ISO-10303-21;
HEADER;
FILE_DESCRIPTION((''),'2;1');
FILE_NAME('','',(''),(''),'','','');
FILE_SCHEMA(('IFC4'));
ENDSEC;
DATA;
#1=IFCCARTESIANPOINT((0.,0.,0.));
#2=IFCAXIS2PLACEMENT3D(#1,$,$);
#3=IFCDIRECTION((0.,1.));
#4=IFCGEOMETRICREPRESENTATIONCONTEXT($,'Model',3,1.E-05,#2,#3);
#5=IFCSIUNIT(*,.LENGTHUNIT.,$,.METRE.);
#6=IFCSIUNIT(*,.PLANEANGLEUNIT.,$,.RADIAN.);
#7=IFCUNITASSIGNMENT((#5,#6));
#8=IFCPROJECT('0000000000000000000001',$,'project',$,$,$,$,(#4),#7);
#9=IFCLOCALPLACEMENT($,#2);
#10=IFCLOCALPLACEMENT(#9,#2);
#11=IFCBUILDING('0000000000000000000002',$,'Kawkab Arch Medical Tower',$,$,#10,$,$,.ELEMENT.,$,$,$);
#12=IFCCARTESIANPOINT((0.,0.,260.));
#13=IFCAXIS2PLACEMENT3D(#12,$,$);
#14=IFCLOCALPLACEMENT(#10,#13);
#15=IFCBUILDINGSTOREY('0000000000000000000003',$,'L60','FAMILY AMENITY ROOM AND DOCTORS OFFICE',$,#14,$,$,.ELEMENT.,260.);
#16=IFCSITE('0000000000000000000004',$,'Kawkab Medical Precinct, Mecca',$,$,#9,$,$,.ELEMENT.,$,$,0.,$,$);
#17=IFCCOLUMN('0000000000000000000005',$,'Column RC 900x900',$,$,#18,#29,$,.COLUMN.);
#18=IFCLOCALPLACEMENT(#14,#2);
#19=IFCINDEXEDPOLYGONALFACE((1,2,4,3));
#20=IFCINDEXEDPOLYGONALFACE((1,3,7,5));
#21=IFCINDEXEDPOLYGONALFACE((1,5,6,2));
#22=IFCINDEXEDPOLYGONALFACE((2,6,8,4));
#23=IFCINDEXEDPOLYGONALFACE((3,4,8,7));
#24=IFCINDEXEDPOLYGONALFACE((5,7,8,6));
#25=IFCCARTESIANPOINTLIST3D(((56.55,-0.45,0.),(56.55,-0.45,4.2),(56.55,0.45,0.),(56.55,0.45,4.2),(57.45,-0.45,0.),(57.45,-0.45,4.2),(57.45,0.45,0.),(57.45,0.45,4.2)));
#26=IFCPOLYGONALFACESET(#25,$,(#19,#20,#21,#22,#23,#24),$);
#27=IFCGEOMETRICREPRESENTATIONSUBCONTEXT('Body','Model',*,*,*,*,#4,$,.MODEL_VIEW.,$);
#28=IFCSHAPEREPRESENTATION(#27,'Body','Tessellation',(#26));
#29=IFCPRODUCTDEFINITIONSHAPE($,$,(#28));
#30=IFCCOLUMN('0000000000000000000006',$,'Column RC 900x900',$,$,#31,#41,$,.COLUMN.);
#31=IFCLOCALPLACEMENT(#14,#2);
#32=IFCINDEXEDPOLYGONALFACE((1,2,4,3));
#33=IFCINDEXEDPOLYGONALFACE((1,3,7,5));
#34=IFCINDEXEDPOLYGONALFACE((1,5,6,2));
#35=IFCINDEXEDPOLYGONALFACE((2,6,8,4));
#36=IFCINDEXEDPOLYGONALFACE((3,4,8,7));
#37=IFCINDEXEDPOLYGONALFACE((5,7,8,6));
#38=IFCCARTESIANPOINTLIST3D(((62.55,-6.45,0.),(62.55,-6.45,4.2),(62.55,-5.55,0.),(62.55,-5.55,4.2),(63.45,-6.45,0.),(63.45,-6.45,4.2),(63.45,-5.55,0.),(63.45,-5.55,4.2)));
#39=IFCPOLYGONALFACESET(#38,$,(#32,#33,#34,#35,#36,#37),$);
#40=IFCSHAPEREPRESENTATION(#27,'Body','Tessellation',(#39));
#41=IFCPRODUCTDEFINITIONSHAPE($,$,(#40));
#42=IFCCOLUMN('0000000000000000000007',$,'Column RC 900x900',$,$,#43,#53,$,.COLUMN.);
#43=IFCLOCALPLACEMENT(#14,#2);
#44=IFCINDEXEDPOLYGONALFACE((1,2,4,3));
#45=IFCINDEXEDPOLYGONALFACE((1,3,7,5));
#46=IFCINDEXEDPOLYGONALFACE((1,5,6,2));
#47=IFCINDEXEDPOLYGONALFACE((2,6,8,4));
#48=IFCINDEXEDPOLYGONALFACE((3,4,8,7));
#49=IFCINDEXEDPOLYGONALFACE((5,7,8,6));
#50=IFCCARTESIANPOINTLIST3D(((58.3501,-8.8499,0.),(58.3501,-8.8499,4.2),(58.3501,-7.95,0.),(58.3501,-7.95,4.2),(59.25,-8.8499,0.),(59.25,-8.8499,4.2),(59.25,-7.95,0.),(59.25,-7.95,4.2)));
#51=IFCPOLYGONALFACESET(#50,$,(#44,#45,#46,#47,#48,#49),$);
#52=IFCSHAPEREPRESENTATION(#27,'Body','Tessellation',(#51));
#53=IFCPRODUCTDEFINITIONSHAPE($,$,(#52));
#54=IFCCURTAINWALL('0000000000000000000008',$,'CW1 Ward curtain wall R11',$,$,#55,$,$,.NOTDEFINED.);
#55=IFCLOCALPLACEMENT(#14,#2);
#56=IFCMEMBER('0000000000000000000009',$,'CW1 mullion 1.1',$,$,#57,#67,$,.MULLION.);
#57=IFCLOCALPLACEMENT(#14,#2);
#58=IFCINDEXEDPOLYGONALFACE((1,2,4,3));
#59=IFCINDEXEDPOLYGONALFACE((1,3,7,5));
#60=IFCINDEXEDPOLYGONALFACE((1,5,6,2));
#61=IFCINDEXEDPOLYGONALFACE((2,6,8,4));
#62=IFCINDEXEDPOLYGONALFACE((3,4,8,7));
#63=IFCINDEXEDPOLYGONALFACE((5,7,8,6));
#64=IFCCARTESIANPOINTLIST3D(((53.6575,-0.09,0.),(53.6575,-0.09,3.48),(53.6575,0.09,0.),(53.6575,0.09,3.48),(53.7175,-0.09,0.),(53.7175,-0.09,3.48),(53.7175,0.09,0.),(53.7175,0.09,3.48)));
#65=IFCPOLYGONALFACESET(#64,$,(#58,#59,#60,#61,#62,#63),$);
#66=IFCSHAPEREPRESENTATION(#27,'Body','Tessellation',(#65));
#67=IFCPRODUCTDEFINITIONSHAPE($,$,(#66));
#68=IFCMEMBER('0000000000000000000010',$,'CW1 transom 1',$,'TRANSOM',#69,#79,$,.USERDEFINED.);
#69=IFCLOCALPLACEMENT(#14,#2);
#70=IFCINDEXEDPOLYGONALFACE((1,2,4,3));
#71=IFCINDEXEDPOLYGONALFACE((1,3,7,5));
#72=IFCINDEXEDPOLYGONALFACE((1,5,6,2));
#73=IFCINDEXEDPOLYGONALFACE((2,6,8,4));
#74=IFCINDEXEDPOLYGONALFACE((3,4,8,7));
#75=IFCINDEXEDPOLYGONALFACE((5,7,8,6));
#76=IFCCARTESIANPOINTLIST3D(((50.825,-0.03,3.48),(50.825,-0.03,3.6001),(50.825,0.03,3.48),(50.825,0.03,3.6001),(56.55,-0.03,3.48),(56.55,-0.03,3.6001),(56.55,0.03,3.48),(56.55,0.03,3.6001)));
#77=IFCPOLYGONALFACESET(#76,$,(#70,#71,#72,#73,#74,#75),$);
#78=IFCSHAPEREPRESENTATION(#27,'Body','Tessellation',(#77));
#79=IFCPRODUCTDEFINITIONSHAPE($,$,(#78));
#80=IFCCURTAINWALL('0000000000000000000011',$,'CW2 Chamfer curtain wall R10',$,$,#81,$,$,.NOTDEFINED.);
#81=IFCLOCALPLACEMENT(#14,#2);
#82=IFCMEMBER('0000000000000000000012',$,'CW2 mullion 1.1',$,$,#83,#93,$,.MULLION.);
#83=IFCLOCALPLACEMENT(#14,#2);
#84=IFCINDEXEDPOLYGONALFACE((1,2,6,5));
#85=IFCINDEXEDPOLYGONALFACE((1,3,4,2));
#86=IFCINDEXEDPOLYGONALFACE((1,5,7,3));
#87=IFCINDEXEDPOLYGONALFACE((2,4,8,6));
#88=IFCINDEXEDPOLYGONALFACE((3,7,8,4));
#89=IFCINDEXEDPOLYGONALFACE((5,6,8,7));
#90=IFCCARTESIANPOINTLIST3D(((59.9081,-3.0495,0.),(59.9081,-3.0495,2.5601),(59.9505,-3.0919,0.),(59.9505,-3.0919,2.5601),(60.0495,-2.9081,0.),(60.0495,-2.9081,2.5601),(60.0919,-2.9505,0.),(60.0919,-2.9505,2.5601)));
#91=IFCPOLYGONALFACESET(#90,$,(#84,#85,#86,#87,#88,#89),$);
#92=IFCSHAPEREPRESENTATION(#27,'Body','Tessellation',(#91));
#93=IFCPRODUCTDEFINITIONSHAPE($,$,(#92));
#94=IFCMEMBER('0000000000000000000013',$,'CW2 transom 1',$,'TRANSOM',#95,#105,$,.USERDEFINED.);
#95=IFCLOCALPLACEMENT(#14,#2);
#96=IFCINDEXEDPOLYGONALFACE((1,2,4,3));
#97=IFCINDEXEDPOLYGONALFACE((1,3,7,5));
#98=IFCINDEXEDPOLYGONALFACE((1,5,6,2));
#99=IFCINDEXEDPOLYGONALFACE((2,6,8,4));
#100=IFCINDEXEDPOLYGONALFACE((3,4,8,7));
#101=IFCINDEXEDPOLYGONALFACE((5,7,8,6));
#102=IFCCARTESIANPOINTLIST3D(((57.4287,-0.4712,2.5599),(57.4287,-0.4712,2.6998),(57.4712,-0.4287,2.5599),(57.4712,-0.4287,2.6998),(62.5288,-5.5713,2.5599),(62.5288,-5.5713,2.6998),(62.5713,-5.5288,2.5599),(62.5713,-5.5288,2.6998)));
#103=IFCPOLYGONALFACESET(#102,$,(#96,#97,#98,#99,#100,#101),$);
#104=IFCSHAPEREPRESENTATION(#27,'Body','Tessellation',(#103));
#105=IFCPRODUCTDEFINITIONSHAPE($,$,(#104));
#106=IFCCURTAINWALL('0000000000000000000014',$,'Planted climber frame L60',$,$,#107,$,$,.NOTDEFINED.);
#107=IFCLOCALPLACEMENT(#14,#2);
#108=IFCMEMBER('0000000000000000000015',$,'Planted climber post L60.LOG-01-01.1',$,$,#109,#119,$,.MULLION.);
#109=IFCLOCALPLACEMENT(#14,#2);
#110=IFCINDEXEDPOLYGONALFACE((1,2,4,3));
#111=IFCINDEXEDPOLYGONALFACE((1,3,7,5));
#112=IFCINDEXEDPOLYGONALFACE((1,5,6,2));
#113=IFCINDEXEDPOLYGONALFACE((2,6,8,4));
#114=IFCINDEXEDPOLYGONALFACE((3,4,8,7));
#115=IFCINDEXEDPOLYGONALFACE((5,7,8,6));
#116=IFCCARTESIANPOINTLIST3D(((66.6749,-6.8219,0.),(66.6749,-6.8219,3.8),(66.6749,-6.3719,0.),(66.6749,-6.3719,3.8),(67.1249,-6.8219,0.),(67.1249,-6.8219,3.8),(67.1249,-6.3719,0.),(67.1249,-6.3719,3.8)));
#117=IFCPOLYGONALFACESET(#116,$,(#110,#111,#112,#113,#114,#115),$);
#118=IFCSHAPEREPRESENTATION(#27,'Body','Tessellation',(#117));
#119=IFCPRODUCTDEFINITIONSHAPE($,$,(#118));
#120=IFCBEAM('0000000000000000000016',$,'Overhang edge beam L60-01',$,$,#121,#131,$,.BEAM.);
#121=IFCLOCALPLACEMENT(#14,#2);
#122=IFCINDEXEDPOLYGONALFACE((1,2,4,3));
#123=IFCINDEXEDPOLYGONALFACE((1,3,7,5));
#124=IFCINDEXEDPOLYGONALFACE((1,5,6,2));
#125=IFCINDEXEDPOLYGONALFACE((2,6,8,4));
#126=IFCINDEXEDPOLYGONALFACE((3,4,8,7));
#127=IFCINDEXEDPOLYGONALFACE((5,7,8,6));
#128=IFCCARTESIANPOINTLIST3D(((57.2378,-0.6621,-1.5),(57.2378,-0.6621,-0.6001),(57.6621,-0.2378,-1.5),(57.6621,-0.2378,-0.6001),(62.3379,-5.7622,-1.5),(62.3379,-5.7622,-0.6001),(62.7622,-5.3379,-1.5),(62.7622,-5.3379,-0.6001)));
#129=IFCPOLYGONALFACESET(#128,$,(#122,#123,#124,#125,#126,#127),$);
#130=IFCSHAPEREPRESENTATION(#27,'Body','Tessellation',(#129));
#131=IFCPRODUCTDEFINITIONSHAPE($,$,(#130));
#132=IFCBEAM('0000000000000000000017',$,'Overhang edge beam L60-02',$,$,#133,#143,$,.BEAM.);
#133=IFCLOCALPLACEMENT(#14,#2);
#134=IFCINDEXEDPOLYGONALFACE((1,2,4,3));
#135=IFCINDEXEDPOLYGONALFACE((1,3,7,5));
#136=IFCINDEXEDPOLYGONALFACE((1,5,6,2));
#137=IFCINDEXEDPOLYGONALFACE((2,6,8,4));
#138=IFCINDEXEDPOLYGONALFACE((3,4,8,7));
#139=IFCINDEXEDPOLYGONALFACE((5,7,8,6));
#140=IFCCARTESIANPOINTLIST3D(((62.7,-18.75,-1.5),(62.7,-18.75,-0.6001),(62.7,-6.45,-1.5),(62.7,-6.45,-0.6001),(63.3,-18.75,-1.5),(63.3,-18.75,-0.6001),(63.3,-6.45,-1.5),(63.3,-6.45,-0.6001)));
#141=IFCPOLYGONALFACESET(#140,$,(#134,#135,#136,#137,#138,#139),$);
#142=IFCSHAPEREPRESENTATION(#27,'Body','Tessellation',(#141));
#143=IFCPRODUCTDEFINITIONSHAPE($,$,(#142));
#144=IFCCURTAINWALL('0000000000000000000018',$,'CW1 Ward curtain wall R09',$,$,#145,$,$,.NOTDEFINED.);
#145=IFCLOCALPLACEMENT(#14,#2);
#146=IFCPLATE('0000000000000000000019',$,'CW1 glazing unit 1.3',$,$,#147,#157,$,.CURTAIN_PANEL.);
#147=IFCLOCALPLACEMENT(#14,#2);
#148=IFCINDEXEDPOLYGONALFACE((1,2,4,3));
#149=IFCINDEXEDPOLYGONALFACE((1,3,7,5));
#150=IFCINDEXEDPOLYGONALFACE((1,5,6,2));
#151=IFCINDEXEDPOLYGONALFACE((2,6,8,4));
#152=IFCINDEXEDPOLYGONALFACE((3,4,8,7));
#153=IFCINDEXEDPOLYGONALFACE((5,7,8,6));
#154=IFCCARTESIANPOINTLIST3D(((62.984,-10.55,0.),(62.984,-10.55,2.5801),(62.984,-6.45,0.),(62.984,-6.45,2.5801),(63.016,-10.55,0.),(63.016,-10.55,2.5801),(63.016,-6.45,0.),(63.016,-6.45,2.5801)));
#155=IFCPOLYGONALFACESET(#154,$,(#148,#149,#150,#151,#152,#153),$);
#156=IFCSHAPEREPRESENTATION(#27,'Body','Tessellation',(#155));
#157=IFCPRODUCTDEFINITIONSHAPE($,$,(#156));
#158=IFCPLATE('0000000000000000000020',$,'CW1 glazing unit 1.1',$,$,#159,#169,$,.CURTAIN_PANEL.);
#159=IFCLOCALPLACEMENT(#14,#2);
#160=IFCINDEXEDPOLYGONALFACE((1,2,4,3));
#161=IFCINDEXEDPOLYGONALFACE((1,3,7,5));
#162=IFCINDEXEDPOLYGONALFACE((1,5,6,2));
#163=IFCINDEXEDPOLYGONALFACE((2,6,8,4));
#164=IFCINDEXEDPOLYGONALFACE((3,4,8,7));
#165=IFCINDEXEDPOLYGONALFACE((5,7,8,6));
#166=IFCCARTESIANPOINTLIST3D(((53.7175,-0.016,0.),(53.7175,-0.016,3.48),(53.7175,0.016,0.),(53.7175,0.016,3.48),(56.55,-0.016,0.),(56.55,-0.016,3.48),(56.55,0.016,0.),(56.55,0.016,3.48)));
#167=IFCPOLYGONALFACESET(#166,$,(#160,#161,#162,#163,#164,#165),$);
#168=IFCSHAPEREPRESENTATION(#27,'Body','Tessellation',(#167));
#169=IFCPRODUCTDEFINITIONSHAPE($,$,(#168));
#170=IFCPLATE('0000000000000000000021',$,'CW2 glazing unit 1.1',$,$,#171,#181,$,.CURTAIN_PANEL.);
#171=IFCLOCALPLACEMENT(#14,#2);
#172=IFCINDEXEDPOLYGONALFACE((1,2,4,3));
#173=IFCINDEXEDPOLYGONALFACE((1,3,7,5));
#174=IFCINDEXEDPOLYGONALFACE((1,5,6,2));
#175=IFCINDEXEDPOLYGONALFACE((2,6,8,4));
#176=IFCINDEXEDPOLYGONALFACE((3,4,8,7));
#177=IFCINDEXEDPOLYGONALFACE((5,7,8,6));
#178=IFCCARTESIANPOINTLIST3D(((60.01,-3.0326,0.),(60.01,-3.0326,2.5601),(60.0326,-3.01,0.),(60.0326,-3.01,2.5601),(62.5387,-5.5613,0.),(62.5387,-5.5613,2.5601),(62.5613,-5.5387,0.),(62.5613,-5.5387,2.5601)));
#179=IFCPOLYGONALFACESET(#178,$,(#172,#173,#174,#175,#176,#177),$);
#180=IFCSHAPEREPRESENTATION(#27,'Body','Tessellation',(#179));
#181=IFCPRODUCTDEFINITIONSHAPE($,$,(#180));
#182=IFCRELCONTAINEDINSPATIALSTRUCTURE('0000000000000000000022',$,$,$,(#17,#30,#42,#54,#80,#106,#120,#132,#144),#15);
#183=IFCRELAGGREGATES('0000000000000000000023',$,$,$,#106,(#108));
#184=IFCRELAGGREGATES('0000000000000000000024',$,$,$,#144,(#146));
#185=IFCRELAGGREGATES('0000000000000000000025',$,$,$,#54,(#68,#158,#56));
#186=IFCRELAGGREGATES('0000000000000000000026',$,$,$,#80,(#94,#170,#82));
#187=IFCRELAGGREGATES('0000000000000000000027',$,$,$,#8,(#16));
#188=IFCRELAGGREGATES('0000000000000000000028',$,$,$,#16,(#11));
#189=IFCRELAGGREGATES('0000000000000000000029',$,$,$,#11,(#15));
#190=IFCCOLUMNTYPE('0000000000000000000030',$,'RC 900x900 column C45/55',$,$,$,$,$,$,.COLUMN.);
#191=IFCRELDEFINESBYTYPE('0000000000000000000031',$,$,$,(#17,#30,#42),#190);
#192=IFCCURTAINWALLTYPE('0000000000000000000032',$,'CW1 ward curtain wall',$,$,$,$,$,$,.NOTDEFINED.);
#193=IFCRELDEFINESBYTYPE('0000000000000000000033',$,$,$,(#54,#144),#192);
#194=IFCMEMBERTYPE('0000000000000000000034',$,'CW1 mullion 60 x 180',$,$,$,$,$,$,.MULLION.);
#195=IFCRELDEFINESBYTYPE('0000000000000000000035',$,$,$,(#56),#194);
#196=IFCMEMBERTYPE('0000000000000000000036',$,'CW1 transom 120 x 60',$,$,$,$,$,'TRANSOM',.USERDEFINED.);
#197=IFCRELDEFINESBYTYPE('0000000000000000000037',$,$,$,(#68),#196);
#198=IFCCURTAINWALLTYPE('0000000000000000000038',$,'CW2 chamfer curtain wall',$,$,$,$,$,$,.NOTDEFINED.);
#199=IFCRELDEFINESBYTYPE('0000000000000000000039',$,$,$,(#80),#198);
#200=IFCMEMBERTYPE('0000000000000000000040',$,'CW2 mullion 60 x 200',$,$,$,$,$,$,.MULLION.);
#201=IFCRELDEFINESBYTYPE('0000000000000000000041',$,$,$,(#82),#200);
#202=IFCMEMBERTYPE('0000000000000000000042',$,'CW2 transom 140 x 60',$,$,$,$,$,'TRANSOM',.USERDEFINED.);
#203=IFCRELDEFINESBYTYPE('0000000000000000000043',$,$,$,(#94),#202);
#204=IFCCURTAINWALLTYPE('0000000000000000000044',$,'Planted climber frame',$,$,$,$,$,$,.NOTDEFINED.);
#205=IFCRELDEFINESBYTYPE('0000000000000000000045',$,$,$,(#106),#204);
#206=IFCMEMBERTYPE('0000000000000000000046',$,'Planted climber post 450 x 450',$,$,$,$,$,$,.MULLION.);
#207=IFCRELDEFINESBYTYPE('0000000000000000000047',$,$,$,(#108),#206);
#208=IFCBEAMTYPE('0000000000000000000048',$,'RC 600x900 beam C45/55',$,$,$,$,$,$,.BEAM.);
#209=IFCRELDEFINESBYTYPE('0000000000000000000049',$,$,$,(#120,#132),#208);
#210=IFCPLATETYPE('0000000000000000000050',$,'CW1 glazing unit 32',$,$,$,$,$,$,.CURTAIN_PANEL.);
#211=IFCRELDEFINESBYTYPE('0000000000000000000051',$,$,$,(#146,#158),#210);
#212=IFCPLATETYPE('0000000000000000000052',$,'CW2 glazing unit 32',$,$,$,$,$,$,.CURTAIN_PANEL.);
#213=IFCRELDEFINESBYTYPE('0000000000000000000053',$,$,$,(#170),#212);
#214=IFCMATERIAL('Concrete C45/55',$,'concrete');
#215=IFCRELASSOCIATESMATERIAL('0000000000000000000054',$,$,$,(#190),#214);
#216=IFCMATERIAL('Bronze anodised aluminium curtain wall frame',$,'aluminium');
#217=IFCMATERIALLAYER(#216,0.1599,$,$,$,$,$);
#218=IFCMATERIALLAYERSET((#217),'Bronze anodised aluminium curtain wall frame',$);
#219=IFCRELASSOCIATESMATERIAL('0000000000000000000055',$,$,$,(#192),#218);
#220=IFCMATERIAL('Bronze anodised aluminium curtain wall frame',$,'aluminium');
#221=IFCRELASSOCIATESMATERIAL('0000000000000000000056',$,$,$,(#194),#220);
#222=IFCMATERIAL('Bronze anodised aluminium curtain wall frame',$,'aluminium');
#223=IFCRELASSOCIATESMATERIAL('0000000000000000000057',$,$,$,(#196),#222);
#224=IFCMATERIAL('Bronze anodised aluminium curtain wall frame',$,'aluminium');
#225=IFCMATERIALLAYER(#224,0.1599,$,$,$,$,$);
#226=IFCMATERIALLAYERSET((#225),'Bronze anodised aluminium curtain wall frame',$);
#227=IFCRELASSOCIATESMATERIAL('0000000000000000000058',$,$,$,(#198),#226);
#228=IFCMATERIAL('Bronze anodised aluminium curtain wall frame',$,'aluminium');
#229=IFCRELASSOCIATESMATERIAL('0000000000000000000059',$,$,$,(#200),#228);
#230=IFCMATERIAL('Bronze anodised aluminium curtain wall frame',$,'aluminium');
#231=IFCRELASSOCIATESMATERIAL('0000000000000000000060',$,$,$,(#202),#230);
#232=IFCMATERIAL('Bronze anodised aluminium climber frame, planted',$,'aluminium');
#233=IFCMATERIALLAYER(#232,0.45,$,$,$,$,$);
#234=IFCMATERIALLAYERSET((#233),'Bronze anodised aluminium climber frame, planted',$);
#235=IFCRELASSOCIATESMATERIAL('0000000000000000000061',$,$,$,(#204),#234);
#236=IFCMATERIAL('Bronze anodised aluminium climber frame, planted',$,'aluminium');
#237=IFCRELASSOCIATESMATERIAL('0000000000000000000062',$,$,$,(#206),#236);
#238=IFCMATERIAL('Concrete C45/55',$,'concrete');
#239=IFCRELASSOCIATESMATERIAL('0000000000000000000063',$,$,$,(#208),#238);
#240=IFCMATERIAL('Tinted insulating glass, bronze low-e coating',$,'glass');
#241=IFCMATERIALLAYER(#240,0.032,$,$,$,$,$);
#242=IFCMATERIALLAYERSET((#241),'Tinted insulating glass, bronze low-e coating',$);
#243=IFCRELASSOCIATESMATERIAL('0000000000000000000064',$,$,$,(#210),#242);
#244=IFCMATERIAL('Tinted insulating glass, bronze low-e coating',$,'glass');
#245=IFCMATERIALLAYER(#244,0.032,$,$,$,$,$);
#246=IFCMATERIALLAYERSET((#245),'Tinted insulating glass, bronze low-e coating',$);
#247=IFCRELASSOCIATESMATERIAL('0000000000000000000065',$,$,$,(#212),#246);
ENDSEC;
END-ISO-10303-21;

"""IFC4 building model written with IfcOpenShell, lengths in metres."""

from ifc_helpers import new_model, si_unit, direction, frame, origin, origin_2d, place, context, subcontext, project, spatial, rectangle, extrude, material, layer, layer_set, material_profile, profile_set, type_object, element, aggregate, save


model = new_model("IFC4")

# Units and contexts
model_context = context("Model", 3, precision=1e-05, world=origin(), true_north=direction((0.0, 1.0)))
body_context = subcontext(model_context, "Body", "Model", "MODEL_VIEW")
ifc_project = project(units=[si_unit("LENGTHUNIT", "METRE"), si_unit("PLANEANGLEUNIT", "RADIAN")], contexts=[model_context])

# Site, building, storey
site_placement = place(None, origin())
site = spatial("IfcSite", under=ifc_project, at=site_placement, Name="Kawkab Medical Precinct, Mecca", CompositionType="ELEMENT", RefElevation=0.0)
building_placement = place(site_placement, origin())
building = spatial("IfcBuilding", under=site, at=building_placement, Name="Kawkab Arch Medical Tower", CompositionType="ELEMENT")
storey_placement = place(building_placement, frame((0.0, 0.0, 260.0)))
storey = spatial("IfcBuildingStorey", under=building, at=storey_placement, Name="L60", Description="FAMILY AMENITY ROOM AND DOCTORS OFFICE", CompositionType="ELEMENT", Elevation=260.0)

# Columns
ifc_material_1 = material(Name="Concrete C45/55", Category="concrete")
ifc_material_profile_1 = material_profile(ifc_material_1, rectangle(XDim=0.8999, YDim=0.8999, at=origin_2d()), Name="RC 900x900")
ifc_profile_set_1 = profile_set([ifc_material_profile_1], Name="Concrete C45/55")
column_type = type_object("IfcColumnType", Name="RC 900x900 column C45/55", PredefinedType="COLUMN", material=ifc_profile_set_1)
for number, where, z_axis, x_axis, name in (
    (1, (57.0, 0.0, 0.0), (0.0, 0.0, 1.0), (1.0, 0.0, 0.0), "Column RC 900x900"),
    (2, (63.0, -6.0, 0.0), (0.0, 0.0, 1.0), (1.0, 0.0, 0.0), "Column RC 900x900"),
    (3, (58.8, -8.3999, 0.0), (0.0, 0.0, 1.0), (1.0, 0.0, 0.0), "Column RC 900x900"),
):
    element("IfcColumn", number, at=place(storey_placement, frame(where, z_axis=z_axis, x_axis=x_axis)), inside=storey, type_object=column_type, Name=name, PredefinedType="COLUMN", context=body_context, shape_type="SweptSolid", body=[
        extrude(rectangle(XDim=0.8999, YDim=0.8999, at=origin_2d()), origin(), (0.0, 0.0, 1.0), 4.2),
    ])

# Curtain walls, members
ifc_material_2 = material(Name="Bronze anodised aluminium curtain wall frame", Category="aluminium")
ifc_layer_1 = layer(ifc_material_2, 0.1599)
ifc_layer_set_1 = layer_set([ifc_layer_1], Name="Bronze anodised aluminium curtain wall frame")
curtain_wall_type_1 = type_object("IfcCurtainWallType", Name="CW1 ward curtain wall", PredefinedType="NOTDEFINED", material=ifc_layer_set_1)
placement = place(storey_placement, origin())
curtain_wall_1 = element("IfcCurtainWall", 4, at=placement, inside=storey, type_object=curtain_wall_type_1, Name="CW1 Ward curtain wall R11", PredefinedType="NOTDEFINED")
ifc_material_3 = material(Name="Bronze anodised aluminium curtain wall frame", Category="aluminium")
ifc_material_profile_2 = material_profile(ifc_material_3, rectangle(XDim=0.1799, YDim=0.0601, at=origin_2d()), Name="AL 60x180")
ifc_profile_set_2 = profile_set([ifc_material_profile_2], Name="Bronze anodised aluminium curtain wall frame")
member_type_1 = type_object("IfcMemberType", Name="CW1 mullion 60 x 180", PredefinedType="MULLION", material=ifc_profile_set_2)
member_1_placement = place(storey_placement, frame((53.6875, 0.0, 0.0), z_axis=(0.0, 0.0, 1.0), x_axis=(0.0, -1.0, 0.0)))
member_1 = element("IfcMember", 5, at=member_1_placement, type_object=member_type_1, Name="CW1 mullion 1.1", PredefinedType="MULLION", context=body_context, shape_type="SweptSolid", body=[
    extrude(rectangle(XDim=0.1799, YDim=0.0601, at=origin_2d()), origin(), (0.0, 0.0, 1.0), 3.48),
])
ifc_material_4 = material(Name="Bronze anodised aluminium curtain wall frame", Category="aluminium")
ifc_material_profile_3 = material_profile(ifc_material_4, rectangle(XDim=0.0601, YDim=0.1201, at=origin_2d()), Name="AL 60x120")
ifc_profile_set_3 = profile_set([ifc_material_profile_3], Name="Bronze anodised aluminium curtain wall frame")
member_type_2 = type_object("IfcMemberType", Name="CW1 transom 120 x 60", ElementType="TRANSOM", PredefinedType="USERDEFINED", material=ifc_profile_set_3)
member_2_placement = place(storey_placement, frame((56.55, 0.0, 3.54), z_axis=(-1.0, 0.0, 0.0), x_axis=(0.0, -1.0, 0.0)))
member_2 = element("IfcMember", 6, at=member_2_placement, type_object=member_type_2, Name="CW1 transom 1", ObjectType="TRANSOM", PredefinedType="USERDEFINED", context=body_context, shape_type="SweptSolid", body=[
    extrude(rectangle(XDim=0.0601, YDim=0.1201, at=origin_2d()), origin(), (0.0, 0.0, 1.0), 5.7251),
])
ifc_material_5 = material(Name="Bronze anodised aluminium curtain wall frame", Category="aluminium")
ifc_layer_2 = layer(ifc_material_5, 0.1599)
ifc_layer_set_2 = layer_set([ifc_layer_2], Name="Bronze anodised aluminium curtain wall frame")
curtain_wall_type_2 = type_object("IfcCurtainWallType", Name="CW2 chamfer curtain wall", PredefinedType="NOTDEFINED", material=ifc_layer_set_2)
curtain_wall_2 = element("IfcCurtainWall", 7, at=placement, inside=storey, type_object=curtain_wall_type_2, Name="CW2 Chamfer curtain wall R10", PredefinedType="NOTDEFINED")
ifc_material_6 = material(Name="Bronze anodised aluminium curtain wall frame", Category="aluminium")
ifc_material_profile_4 = material_profile(ifc_material_6, rectangle(XDim=0.2, YDim=0.0601, at=origin_2d()), Name="AL 60x200")
ifc_profile_set_4 = profile_set([ifc_material_profile_4], Name="Bronze anodised aluminium curtain wall frame")
member_type_3 = type_object("IfcMemberType", Name="CW2 mullion 60 x 200", PredefinedType="MULLION", material=ifc_profile_set_4)
member_3_placement = place(storey_placement, frame((60.0, -3.0, 0.0), z_axis=(0.0, 0.0, 1.0), x_axis=(-0.707107, -0.707107, 0.0)))
member_3 = element("IfcMember", 8, at=member_3_placement, type_object=member_type_3, Name="CW2 mullion 1.1", PredefinedType="MULLION", context=body_context, shape_type="SweptSolid", body=[
    extrude(rectangle(XDim=0.2, YDim=0.0601, at=origin_2d()), origin(), (0.0, 0.0, 1.0), 2.5601),
])
ifc_material_7 = material(Name="Bronze anodised aluminium curtain wall frame", Category="aluminium")
ifc_material_profile_5 = material_profile(ifc_material_7, rectangle(XDim=0.0601, YDim=0.1399, at=origin_2d()), Name="AL 60x140")
ifc_profile_set_5 = profile_set([ifc_material_profile_5], Name="Bronze anodised aluminium curtain wall frame")
member_type_4 = type_object("IfcMemberType", Name="CW2 transom 140 x 60", ElementType="TRANSOM", PredefinedType="USERDEFINED", material=ifc_profile_set_5)
member_4_placement = place(storey_placement, frame((62.55, -5.55, 2.6299), z_axis=(-0.707107, 0.707107, 0.0), x_axis=(-0.707107, -0.707107, 0.0)))
member_4 = element("IfcMember", 9, at=member_4_placement, type_object=member_type_4, Name="CW2 transom 1", ObjectType="TRANSOM", PredefinedType="USERDEFINED", context=body_context, shape_type="SweptSolid", body=[
    extrude(rectangle(XDim=0.0601, YDim=0.1399, at=origin_2d()), origin(), (0.0, 0.0, 1.0), 7.2126),
])

# Curtain wall, member
ifc_material_8 = material(Name="Bronze anodised aluminium climber frame, planted", Category="aluminium")
ifc_layer_3 = layer(ifc_material_8, 0.45)
ifc_layer_set_3 = layer_set([ifc_layer_3], Name="Bronze anodised aluminium climber frame, planted")
curtain_wall_type_3 = type_object("IfcCurtainWallType", Name="Planted climber frame", PredefinedType="NOTDEFINED", material=ifc_layer_set_3)
curtain_wall_3 = element("IfcCurtainWall", 10, at=placement, inside=storey, type_object=curtain_wall_type_3, Name="Planted climber frame L60", PredefinedType="NOTDEFINED")
ifc_material_9 = material(Name="Bronze anodised aluminium climber frame, planted", Category="aluminium")
ifc_material_profile_6 = material_profile(ifc_material_9, rectangle(XDim=0.45, YDim=0.45, at=origin_2d()), Name="Post 450x450")
ifc_profile_set_6 = profile_set([ifc_material_profile_6], Name="Bronze anodised aluminium climber frame, planted")
member_type_5 = type_object("IfcMemberType", Name="Planted climber post 450 x 450", PredefinedType="MULLION", material=ifc_profile_set_6)
member_5_placement = place(storey_placement, frame((66.8999, -6.5969, 0.0), z_axis=(0.0, 0.0, 1.0), x_axis=(1.0, 0.0, 0.0)))
member_5 = element("IfcMember", 11, at=member_5_placement, type_object=member_type_5, Name="Planted climber post L60.LOG-01-01.1", PredefinedType="MULLION", context=body_context, shape_type="SweptSolid", body=[
    extrude(rectangle(XDim=0.45, YDim=0.45, at=origin_2d()), origin(), (0.0, 0.0, 1.0), 3.8),
])
aggregate(curtain_wall_3, [member_5])

# Beams
ifc_material_10 = material(Name="Concrete C45/55", Category="concrete")
ifc_material_profile_7 = material_profile(ifc_material_10, rectangle(XDim=0.6001, YDim=0.8999, at=origin_2d()), Name="RC 600x900")
ifc_profile_set_7 = profile_set([ifc_material_profile_7], Name="Concrete C45/55")
beam_type = type_object("IfcBeamType", Name="RC 600x900 beam C45/55", PredefinedType="BEAM", material=ifc_profile_set_7)
beam_1_placement = place(storey_placement, frame((57.45, -0.45, -1.05), z_axis=(0.707107, -0.707107, 0.0), x_axis=(0.707107, 0.707107, 0.0)))
element("IfcBeam", 12, at=beam_1_placement, inside=storey, type_object=beam_type, Name="Overhang edge beam L60-01", PredefinedType="BEAM", context=body_context, shape_type="SweptSolid", body=[
    extrude(rectangle(XDim=0.6001, YDim=0.8999, at=origin_2d()), origin(), (0.0, 0.0, 1.0), 7.2126),
])
beam_2_placement = place(storey_placement, frame((63.0, -6.45, -1.05), z_axis=(0.0, -1.0, 0.0), x_axis=(1.0, 0.0, 0.0)))
element("IfcBeam", 13, at=beam_2_placement, inside=storey, type_object=beam_type, Name="Overhang edge beam L60-02", PredefinedType="BEAM", context=body_context, shape_type="SweptSolid", body=[
    extrude(rectangle(XDim=0.6001, YDim=0.8999, at=origin_2d()), origin(), (0.0, 0.0, 1.0), 12.3),
])

# Curtain wall, plate
curtain_wall_4 = element("IfcCurtainWall", 14, at=placement, inside=storey, type_object=curtain_wall_type_1, Name="CW1 Ward curtain wall R09", PredefinedType="NOTDEFINED")
ifc_material_11 = material(Name="Tinted insulating glass, bronze low-e coating", Category="glass")
ifc_layer_4 = layer(ifc_material_11, 0.032)
ifc_layer_set_4 = layer_set([ifc_layer_4], Name="Tinted insulating glass, bronze low-e coating")
plate_type_1 = type_object("IfcPlateType", Name="CW1 glazing unit 32", PredefinedType="CURTAIN_PANEL", material=ifc_layer_set_4)
plate_1_placement = place(storey_placement, frame((63.0, -8.5, 0.0), z_axis=(0.0, 0.0, 1.0), x_axis=(0.0, 1.0, 0.0)))
plate_1 = element("IfcPlate", 15, at=plate_1_placement, type_object=plate_type_1, Name="CW1 glazing unit 1.3", PredefinedType="CURTAIN_PANEL", context=body_context, shape_type="SweptSolid", body=[
    extrude(rectangle(XDim=4.1001, YDim=0.032, at=origin_2d()), origin(), (0.0, 0.0, 1.0), 2.5801),
])
aggregate(curtain_wall_4, [plate_1])

# Plates
plate_2_placement = place(storey_placement, frame((55.1338, 0.0, 0.0), z_axis=(0.0, 0.0, 1.0), x_axis=(-1.0, 0.0, 0.0)))
plate_2 = element("IfcPlate", 16, at=plate_2_placement, type_object=plate_type_1, Name="CW1 glazing unit 1.1", PredefinedType="CURTAIN_PANEL", context=body_context, shape_type="SweptSolid", body=[
    extrude(rectangle(XDim=2.8325, YDim=0.032, at=origin_2d()), origin(), (0.0, 0.0, 1.0), 3.48),
])
aggregate(curtain_wall_1, [member_2, plate_2, member_1])
ifc_material_12 = material(Name="Tinted insulating glass, bronze low-e coating", Category="glass")
ifc_layer_5 = layer(ifc_material_12, 0.032)
ifc_layer_set_5 = layer_set([ifc_layer_5], Name="Tinted insulating glass, bronze low-e coating")
plate_type_2 = type_object("IfcPlateType", Name="CW2 glazing unit 32", PredefinedType="CURTAIN_PANEL", material=ifc_layer_set_5)
plate_3_placement = place(storey_placement, frame((61.2856, -4.2856, 0.0), z_axis=(0.0, 0.0, 1.0), x_axis=(-0.707107, 0.707107, 0.0)))
plate_3 = element("IfcPlate", 17, at=plate_3_placement, type_object=plate_type_2, Name="CW2 glazing unit 1.1", PredefinedType="CURTAIN_PANEL", context=body_context, shape_type="SweptSolid", body=[
    extrude(rectangle(XDim=3.5762, YDim=0.032, at=origin_2d()), origin(), (0.0, 0.0, 1.0), 2.5601),
])
aggregate(curtain_wall_2, [member_4, plate_3, member_3])

save(model, "model.ifc")
